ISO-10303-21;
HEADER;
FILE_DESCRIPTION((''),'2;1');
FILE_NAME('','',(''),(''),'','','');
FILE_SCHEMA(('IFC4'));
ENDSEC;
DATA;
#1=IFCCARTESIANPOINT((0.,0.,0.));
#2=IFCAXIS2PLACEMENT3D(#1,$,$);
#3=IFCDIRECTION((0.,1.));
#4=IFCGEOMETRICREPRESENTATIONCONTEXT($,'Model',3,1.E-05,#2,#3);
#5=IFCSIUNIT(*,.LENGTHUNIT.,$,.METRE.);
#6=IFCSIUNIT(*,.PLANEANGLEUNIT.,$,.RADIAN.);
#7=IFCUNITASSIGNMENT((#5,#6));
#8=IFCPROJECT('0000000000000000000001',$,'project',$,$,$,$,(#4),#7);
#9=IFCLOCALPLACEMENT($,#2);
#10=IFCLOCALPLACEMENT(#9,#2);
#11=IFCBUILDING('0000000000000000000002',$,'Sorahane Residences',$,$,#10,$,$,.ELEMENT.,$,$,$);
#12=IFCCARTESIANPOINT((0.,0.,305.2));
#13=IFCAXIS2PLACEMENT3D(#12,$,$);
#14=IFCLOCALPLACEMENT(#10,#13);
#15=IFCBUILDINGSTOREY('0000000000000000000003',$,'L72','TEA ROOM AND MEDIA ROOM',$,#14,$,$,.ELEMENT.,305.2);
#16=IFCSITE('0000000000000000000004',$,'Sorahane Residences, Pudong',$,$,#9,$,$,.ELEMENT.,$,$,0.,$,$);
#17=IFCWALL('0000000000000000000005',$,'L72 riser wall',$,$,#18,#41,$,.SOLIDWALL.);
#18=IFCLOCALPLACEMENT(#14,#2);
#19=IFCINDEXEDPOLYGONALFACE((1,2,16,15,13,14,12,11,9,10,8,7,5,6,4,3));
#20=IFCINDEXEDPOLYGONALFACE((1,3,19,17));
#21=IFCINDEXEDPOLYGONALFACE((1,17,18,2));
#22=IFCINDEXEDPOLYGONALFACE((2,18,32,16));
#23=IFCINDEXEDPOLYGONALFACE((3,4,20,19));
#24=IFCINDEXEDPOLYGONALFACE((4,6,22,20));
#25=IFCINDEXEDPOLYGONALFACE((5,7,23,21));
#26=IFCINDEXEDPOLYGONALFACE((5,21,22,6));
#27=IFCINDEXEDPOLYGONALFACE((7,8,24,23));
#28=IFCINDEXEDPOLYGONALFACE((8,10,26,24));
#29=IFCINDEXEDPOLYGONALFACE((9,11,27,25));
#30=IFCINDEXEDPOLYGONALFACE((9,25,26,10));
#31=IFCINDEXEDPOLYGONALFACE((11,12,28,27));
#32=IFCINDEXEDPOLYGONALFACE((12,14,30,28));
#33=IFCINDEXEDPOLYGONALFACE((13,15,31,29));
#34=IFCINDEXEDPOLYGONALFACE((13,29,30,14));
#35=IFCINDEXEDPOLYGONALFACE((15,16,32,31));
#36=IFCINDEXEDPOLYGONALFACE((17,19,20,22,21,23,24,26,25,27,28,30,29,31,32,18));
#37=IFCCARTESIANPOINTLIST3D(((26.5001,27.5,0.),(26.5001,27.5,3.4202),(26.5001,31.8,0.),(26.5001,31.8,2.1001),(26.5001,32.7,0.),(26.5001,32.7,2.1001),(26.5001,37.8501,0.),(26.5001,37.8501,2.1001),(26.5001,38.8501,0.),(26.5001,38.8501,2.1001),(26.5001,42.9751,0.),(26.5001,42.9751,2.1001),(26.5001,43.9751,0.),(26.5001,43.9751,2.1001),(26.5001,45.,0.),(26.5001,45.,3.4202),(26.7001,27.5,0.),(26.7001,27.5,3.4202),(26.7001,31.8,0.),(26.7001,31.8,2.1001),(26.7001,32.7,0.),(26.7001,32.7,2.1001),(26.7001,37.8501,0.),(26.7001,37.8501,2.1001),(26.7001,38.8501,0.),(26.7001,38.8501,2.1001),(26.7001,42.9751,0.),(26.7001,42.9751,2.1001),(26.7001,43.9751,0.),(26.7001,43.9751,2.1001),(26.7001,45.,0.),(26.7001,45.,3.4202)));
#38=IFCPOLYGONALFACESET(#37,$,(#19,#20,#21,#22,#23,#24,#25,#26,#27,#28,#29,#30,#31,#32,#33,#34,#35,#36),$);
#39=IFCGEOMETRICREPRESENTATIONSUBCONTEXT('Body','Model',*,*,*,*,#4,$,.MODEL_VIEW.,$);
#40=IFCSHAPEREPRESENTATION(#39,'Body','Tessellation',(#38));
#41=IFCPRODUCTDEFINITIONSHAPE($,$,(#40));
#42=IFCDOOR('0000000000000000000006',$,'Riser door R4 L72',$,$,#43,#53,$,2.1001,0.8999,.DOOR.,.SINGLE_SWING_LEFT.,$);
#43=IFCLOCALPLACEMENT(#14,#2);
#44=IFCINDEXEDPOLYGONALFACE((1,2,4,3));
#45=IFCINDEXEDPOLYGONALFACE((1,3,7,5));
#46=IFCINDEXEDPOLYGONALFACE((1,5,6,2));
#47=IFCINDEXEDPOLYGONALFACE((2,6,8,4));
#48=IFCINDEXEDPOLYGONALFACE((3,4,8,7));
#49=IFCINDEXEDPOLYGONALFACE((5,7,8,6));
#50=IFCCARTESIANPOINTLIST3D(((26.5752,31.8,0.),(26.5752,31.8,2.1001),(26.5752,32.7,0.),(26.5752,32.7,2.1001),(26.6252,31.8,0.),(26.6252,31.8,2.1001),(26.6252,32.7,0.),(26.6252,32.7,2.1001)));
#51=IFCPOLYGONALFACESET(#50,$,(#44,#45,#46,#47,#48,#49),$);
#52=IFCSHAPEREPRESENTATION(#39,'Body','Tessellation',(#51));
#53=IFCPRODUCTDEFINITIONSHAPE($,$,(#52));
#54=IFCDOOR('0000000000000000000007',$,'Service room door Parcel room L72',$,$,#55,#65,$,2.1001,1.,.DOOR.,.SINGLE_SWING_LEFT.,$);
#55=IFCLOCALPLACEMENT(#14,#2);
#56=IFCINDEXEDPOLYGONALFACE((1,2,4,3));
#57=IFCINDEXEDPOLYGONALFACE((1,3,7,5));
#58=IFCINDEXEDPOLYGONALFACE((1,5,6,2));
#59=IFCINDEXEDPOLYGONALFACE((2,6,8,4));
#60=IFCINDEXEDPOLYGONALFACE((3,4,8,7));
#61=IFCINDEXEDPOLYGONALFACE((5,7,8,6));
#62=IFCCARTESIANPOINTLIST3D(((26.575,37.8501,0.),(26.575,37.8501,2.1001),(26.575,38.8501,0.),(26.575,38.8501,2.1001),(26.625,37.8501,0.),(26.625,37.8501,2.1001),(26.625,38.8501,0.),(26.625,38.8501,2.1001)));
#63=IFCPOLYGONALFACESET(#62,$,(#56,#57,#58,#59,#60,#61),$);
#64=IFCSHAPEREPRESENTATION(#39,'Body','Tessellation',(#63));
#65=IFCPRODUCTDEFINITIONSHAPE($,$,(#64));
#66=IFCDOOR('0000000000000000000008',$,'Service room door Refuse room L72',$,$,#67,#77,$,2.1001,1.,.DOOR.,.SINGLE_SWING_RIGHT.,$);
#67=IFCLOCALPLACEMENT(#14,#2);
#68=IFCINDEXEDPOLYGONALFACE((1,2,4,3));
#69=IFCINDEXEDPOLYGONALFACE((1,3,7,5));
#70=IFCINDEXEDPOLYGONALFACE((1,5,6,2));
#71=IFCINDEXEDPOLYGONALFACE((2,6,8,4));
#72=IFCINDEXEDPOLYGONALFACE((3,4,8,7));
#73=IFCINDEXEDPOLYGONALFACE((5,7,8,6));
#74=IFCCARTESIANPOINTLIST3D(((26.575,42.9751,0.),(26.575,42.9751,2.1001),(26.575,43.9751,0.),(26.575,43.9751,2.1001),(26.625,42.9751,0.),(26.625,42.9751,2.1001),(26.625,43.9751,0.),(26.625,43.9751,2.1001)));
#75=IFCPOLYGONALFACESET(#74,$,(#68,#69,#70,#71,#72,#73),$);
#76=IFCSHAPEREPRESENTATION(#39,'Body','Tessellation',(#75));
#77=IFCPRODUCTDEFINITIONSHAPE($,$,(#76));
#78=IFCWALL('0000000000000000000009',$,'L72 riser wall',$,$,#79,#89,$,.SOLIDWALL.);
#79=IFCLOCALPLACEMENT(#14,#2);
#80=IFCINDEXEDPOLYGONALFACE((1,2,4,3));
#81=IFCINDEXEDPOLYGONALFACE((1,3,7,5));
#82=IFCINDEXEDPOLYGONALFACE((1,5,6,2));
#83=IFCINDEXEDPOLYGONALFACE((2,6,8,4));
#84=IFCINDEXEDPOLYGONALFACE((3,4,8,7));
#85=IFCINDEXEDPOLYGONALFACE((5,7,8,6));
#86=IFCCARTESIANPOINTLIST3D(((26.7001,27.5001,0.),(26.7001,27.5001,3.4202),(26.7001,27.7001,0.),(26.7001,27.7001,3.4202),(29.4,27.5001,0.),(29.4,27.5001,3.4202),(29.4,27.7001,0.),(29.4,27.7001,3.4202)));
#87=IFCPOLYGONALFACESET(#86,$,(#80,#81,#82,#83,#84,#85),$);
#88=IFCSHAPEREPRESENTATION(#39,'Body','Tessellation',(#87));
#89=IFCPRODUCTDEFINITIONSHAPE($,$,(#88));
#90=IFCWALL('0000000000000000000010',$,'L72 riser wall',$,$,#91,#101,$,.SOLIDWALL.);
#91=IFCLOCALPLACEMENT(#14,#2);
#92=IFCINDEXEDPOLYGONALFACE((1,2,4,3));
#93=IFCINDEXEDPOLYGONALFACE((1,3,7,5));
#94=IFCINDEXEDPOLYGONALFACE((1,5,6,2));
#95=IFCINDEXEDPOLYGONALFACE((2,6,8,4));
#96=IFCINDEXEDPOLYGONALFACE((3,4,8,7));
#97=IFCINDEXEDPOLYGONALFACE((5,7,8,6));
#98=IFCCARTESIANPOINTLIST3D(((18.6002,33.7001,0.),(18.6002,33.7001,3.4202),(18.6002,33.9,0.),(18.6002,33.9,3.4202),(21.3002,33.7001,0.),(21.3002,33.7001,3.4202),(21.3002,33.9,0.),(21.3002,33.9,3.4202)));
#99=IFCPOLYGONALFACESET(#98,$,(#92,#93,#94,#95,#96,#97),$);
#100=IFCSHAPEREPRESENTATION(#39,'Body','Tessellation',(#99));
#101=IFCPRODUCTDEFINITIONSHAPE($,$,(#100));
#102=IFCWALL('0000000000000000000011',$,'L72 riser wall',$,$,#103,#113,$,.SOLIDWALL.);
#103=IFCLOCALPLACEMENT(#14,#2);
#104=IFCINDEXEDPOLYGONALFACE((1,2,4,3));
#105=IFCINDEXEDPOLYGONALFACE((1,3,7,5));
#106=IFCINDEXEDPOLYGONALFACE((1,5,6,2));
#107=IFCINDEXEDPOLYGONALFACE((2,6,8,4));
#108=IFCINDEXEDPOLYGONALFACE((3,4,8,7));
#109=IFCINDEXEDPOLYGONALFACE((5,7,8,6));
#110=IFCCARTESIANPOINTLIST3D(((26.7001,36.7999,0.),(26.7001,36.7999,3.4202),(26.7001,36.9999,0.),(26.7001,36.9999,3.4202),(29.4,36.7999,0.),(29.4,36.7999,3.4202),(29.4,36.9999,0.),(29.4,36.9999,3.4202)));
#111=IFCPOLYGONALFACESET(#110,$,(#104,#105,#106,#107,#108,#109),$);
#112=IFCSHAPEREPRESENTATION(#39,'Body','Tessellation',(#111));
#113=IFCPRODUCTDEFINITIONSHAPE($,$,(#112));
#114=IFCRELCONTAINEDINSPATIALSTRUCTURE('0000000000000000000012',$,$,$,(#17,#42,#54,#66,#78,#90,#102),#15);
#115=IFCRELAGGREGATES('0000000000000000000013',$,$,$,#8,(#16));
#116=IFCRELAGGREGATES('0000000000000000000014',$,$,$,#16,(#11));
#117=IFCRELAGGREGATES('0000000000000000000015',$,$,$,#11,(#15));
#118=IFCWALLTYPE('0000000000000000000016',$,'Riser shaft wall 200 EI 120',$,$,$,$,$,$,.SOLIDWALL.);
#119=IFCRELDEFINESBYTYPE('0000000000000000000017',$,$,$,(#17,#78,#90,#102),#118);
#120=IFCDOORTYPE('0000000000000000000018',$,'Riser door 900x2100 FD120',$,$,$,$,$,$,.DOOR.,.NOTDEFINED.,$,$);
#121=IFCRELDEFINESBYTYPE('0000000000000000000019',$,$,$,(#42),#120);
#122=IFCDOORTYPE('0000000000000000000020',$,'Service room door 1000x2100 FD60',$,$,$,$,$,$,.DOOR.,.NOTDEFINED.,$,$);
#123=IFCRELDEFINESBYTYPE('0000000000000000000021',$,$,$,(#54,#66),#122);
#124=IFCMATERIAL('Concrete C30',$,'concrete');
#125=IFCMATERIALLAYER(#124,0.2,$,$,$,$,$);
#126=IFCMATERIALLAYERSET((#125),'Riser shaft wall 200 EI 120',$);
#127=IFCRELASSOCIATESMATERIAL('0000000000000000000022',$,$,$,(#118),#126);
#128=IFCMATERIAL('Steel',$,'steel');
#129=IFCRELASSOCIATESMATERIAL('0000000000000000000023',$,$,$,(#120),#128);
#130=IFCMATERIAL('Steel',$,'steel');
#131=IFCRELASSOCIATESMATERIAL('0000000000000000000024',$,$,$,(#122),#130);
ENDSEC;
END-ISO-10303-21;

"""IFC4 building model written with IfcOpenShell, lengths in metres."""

from ifc_helpers import new_model, si_unit, direction, frame, frame_2d, origin, place, context, subcontext, project, spatial, rectangle, extrude, material, layer, layer_set, type_object, element, fill, save


model = new_model("IFC4")

# Units and contexts
model_context = context("Model", 3, precision=1e-05, world=origin(), true_north=direction((0.0, 1.0)))
body_context = subcontext(model_context, "Body", "Model", "MODEL_VIEW")
ifc_project = project(units=[si_unit("LENGTHUNIT", "METRE"), si_unit("PLANEANGLEUNIT", "RADIAN")], contexts=[model_context])

# Site, building, storey
site_placement = place(None, origin())
site = spatial("IfcSite", under=ifc_project, at=site_placement, Name="Sorahane Residences, Pudong", CompositionType="ELEMENT", RefElevation=0.0)
building_placement = place(site_placement, origin())
building = spatial("IfcBuilding", under=site, at=building_placement, Name="Sorahane Residences", CompositionType="ELEMENT")
storey_placement = place(building_placement, frame((0.0, 0.0, 305.2)))
storey = spatial("IfcBuildingStorey", under=building, at=storey_placement, Name="L72", Description="TEA ROOM AND MEDIA ROOM", CompositionType="ELEMENT", Elevation=305.2)

# Wall, openings, doors
ifc_material_1 = material(Name="Concrete C30", Category="concrete")
ifc_layer_1 = layer(ifc_material_1, 0.2)
ifc_layer_set_1 = layer_set([ifc_layer_1], Name="Riser shaft wall 200 EI 120")
wall_type_1 = type_object("IfcWallType", Name="Riser shaft wall 200 EI 120", PredefinedType="SOLIDWALL", material=ifc_layer_set_1)
wall_1_placement = place(storey_placement, frame((26.6001, 27.5, 0.0), z_axis=(0.0, 0.0, 1.0), x_axis=(0.0, 1.0, 0.0)))
wall_1 = element("IfcWall", 1, at=wall_1_placement, inside=storey, type_object=wall_type_1, Name="L72 riser wall", PredefinedType="SOLIDWALL", context=body_context, shape_type="SweptSolid", body=[
    extrude(rectangle(XDim=17.5, YDim=0.2, at=frame_2d((8.75, 0.0))), origin(), (0.0, 0.0, 1.0), 3.4202),
])
opening_1_placement = place(wall_1_placement, frame((4.3, 0.0, 0.0)))
opening_1 = element("IfcOpeningElement", 2, at=opening_1_placement, cuts=wall_1, PredefinedType="OPENING", context=body_context, shape_type="SweptSolid", body=[
    extrude(rectangle(XDim=0.8999, YDim=2.1001, at=frame_2d((0.45, 1.05))), frame((0.0, 0.1099, 0.0), z_axis=(0.0, -1.0, 0.0), x_axis=(1.0, 0.0, 0.0)), (0.0, 0.0, 1.0), 0.22),
])
opening_2_placement = place(wall_1_placement, frame((10.3501, 0.0, 0.0)))
opening_2 = element("IfcOpeningElement", 3, at=opening_2_placement, cuts=wall_1, PredefinedType="OPENING", context=body_context, shape_type="SweptSolid", body=[
    extrude(rectangle(XDim=1.0, YDim=2.1001, at=frame_2d((0.5, 1.05))), frame((0.0, 0.1099, 0.0), z_axis=(0.0, -1.0, 0.0), x_axis=(1.0, 0.0, 0.0)), (0.0, 0.0, 1.0), 0.22),
])
opening_3_placement = place(wall_1_placement, frame((15.4751, 0.0, 0.0)))
opening_3 = element("IfcOpeningElement", 4, at=opening_3_placement, cuts=wall_1, PredefinedType="OPENING", context=body_context, shape_type="SweptSolid", body=[
    extrude(rectangle(XDim=1.0, YDim=2.1001, at=frame_2d((0.5, 1.05))), frame((0.0, 0.1099, 0.0), z_axis=(0.0, -1.0, 0.0), x_axis=(1.0, 0.0, 0.0)), (0.0, 0.0, 1.0), 0.22),
])
ifc_material_2 = material(Name="Steel", Category="steel")
door_type_1 = type_object("IfcDoorType", Name="Riser door 900x2100 FD120", OperationType="NOTDEFINED", PredefinedType="DOOR", material=ifc_material_2)
door_1_placement = place(opening_1_placement, origin())
door_1 = element("IfcDoor", 5, at=door_1_placement, inside=storey, type_object=door_type_1, Name="Riser door R4 L72", OperationType="SINGLE_SWING_LEFT", OverallHeight=2.1001, OverallWidth=0.8999, PredefinedType="DOOR", context=body_context, shape_type="SweptSolid", body=[
    extrude(rectangle(XDim=0.8999, YDim=2.1001, at=frame_2d((0.45, 1.05))), frame((0.0, 0.0249, 0.0), z_axis=(0.0, -1.0, 0.0), x_axis=(1.0, 0.0, 0.0)), (0.0, 0.0, 1.0), 0.05),
])
fill(opening_1, door_1)
ifc_material_3 = material(Name="Steel", Category="steel")
door_type_2 = type_object("IfcDoorType", Name="Service room door 1000x2100 FD60", OperationType="NOTDEFINED", PredefinedType="DOOR", material=ifc_material_3)
door_2_placement = place(opening_2_placement, frame((1.0, 0.0, 0.0), z_axis=(0.0, 0.0, 1.0), x_axis=(-1.0, 0.0, 0.0)))
door_2 = element("IfcDoor", 6, at=door_2_placement, inside=storey, type_object=door_type_2, Name="Service room door Parcel room L72", OperationType="SINGLE_SWING_LEFT", OverallHeight=2.1001, OverallWidth=1.0, PredefinedType="DOOR", context=body_context, shape_type="SweptSolid", body=[
    extrude(rectangle(XDim=1.0, YDim=2.1001, at=frame_2d((0.5, 1.05))), frame((0.0, 0.0249, 0.0), z_axis=(0.0, -1.0, 0.0), x_axis=(1.0, 0.0, 0.0)), (0.0, 0.0, 1.0), 0.05),
])
fill(opening_2, door_2)
door_3_placement = place(opening_3_placement, frame((1.0, 0.0, 0.0), z_axis=(0.0, 0.0, 1.0), x_axis=(-1.0, 0.0, 0.0)))
door_3 = element("IfcDoor", 7, at=door_3_placement, inside=storey, type_object=door_type_2, Name="Service room door Refuse room L72", OperationType="SINGLE_SWING_RIGHT", OverallHeight=2.1001, OverallWidth=1.0, PredefinedType="DOOR", context=body_context, shape_type="SweptSolid", body=[
    extrude(rectangle(XDim=1.0, YDim=2.1001, at=frame_2d((0.5, 1.05))), frame((0.0, 0.0249, 0.0), z_axis=(0.0, -1.0, 0.0), x_axis=(1.0, 0.0, 0.0)), (0.0, 0.0, 1.0), 0.05),
])
fill(opening_3, door_3)

# Walls
for number, where, z_axis, x_axis, name in (
    (8, (26.7, 27.6001, 0.0), (0.0, 0.0, 1.0), (1.0, 0.0, 0.0), "L72 riser wall"),
    (9, (18.6001, 33.8, 0.0), (0.0, 0.0, 1.0), (1.0, 0.0, 0.0), "L72 riser wall"),
    (10, (26.7, 36.8999, 0.0), (0.0, 0.0, 1.0), (1.0, 0.0, 0.0), "L72 riser wall"),
):
    element("IfcWall", number, at=place(storey_placement, frame(where, z_axis=z_axis, x_axis=x_axis)), inside=storey, type_object=wall_type_1, Name=name, PredefinedType="SOLIDWALL", context=body_context, shape_type="SweptSolid", body=[
        extrude(rectangle(XDim=2.7, YDim=0.2, at=frame_2d((1.3501, 0.0))), origin(), (0.0, 0.0, 1.0), 3.4202),
    ])

save(model, "model.ifc")
